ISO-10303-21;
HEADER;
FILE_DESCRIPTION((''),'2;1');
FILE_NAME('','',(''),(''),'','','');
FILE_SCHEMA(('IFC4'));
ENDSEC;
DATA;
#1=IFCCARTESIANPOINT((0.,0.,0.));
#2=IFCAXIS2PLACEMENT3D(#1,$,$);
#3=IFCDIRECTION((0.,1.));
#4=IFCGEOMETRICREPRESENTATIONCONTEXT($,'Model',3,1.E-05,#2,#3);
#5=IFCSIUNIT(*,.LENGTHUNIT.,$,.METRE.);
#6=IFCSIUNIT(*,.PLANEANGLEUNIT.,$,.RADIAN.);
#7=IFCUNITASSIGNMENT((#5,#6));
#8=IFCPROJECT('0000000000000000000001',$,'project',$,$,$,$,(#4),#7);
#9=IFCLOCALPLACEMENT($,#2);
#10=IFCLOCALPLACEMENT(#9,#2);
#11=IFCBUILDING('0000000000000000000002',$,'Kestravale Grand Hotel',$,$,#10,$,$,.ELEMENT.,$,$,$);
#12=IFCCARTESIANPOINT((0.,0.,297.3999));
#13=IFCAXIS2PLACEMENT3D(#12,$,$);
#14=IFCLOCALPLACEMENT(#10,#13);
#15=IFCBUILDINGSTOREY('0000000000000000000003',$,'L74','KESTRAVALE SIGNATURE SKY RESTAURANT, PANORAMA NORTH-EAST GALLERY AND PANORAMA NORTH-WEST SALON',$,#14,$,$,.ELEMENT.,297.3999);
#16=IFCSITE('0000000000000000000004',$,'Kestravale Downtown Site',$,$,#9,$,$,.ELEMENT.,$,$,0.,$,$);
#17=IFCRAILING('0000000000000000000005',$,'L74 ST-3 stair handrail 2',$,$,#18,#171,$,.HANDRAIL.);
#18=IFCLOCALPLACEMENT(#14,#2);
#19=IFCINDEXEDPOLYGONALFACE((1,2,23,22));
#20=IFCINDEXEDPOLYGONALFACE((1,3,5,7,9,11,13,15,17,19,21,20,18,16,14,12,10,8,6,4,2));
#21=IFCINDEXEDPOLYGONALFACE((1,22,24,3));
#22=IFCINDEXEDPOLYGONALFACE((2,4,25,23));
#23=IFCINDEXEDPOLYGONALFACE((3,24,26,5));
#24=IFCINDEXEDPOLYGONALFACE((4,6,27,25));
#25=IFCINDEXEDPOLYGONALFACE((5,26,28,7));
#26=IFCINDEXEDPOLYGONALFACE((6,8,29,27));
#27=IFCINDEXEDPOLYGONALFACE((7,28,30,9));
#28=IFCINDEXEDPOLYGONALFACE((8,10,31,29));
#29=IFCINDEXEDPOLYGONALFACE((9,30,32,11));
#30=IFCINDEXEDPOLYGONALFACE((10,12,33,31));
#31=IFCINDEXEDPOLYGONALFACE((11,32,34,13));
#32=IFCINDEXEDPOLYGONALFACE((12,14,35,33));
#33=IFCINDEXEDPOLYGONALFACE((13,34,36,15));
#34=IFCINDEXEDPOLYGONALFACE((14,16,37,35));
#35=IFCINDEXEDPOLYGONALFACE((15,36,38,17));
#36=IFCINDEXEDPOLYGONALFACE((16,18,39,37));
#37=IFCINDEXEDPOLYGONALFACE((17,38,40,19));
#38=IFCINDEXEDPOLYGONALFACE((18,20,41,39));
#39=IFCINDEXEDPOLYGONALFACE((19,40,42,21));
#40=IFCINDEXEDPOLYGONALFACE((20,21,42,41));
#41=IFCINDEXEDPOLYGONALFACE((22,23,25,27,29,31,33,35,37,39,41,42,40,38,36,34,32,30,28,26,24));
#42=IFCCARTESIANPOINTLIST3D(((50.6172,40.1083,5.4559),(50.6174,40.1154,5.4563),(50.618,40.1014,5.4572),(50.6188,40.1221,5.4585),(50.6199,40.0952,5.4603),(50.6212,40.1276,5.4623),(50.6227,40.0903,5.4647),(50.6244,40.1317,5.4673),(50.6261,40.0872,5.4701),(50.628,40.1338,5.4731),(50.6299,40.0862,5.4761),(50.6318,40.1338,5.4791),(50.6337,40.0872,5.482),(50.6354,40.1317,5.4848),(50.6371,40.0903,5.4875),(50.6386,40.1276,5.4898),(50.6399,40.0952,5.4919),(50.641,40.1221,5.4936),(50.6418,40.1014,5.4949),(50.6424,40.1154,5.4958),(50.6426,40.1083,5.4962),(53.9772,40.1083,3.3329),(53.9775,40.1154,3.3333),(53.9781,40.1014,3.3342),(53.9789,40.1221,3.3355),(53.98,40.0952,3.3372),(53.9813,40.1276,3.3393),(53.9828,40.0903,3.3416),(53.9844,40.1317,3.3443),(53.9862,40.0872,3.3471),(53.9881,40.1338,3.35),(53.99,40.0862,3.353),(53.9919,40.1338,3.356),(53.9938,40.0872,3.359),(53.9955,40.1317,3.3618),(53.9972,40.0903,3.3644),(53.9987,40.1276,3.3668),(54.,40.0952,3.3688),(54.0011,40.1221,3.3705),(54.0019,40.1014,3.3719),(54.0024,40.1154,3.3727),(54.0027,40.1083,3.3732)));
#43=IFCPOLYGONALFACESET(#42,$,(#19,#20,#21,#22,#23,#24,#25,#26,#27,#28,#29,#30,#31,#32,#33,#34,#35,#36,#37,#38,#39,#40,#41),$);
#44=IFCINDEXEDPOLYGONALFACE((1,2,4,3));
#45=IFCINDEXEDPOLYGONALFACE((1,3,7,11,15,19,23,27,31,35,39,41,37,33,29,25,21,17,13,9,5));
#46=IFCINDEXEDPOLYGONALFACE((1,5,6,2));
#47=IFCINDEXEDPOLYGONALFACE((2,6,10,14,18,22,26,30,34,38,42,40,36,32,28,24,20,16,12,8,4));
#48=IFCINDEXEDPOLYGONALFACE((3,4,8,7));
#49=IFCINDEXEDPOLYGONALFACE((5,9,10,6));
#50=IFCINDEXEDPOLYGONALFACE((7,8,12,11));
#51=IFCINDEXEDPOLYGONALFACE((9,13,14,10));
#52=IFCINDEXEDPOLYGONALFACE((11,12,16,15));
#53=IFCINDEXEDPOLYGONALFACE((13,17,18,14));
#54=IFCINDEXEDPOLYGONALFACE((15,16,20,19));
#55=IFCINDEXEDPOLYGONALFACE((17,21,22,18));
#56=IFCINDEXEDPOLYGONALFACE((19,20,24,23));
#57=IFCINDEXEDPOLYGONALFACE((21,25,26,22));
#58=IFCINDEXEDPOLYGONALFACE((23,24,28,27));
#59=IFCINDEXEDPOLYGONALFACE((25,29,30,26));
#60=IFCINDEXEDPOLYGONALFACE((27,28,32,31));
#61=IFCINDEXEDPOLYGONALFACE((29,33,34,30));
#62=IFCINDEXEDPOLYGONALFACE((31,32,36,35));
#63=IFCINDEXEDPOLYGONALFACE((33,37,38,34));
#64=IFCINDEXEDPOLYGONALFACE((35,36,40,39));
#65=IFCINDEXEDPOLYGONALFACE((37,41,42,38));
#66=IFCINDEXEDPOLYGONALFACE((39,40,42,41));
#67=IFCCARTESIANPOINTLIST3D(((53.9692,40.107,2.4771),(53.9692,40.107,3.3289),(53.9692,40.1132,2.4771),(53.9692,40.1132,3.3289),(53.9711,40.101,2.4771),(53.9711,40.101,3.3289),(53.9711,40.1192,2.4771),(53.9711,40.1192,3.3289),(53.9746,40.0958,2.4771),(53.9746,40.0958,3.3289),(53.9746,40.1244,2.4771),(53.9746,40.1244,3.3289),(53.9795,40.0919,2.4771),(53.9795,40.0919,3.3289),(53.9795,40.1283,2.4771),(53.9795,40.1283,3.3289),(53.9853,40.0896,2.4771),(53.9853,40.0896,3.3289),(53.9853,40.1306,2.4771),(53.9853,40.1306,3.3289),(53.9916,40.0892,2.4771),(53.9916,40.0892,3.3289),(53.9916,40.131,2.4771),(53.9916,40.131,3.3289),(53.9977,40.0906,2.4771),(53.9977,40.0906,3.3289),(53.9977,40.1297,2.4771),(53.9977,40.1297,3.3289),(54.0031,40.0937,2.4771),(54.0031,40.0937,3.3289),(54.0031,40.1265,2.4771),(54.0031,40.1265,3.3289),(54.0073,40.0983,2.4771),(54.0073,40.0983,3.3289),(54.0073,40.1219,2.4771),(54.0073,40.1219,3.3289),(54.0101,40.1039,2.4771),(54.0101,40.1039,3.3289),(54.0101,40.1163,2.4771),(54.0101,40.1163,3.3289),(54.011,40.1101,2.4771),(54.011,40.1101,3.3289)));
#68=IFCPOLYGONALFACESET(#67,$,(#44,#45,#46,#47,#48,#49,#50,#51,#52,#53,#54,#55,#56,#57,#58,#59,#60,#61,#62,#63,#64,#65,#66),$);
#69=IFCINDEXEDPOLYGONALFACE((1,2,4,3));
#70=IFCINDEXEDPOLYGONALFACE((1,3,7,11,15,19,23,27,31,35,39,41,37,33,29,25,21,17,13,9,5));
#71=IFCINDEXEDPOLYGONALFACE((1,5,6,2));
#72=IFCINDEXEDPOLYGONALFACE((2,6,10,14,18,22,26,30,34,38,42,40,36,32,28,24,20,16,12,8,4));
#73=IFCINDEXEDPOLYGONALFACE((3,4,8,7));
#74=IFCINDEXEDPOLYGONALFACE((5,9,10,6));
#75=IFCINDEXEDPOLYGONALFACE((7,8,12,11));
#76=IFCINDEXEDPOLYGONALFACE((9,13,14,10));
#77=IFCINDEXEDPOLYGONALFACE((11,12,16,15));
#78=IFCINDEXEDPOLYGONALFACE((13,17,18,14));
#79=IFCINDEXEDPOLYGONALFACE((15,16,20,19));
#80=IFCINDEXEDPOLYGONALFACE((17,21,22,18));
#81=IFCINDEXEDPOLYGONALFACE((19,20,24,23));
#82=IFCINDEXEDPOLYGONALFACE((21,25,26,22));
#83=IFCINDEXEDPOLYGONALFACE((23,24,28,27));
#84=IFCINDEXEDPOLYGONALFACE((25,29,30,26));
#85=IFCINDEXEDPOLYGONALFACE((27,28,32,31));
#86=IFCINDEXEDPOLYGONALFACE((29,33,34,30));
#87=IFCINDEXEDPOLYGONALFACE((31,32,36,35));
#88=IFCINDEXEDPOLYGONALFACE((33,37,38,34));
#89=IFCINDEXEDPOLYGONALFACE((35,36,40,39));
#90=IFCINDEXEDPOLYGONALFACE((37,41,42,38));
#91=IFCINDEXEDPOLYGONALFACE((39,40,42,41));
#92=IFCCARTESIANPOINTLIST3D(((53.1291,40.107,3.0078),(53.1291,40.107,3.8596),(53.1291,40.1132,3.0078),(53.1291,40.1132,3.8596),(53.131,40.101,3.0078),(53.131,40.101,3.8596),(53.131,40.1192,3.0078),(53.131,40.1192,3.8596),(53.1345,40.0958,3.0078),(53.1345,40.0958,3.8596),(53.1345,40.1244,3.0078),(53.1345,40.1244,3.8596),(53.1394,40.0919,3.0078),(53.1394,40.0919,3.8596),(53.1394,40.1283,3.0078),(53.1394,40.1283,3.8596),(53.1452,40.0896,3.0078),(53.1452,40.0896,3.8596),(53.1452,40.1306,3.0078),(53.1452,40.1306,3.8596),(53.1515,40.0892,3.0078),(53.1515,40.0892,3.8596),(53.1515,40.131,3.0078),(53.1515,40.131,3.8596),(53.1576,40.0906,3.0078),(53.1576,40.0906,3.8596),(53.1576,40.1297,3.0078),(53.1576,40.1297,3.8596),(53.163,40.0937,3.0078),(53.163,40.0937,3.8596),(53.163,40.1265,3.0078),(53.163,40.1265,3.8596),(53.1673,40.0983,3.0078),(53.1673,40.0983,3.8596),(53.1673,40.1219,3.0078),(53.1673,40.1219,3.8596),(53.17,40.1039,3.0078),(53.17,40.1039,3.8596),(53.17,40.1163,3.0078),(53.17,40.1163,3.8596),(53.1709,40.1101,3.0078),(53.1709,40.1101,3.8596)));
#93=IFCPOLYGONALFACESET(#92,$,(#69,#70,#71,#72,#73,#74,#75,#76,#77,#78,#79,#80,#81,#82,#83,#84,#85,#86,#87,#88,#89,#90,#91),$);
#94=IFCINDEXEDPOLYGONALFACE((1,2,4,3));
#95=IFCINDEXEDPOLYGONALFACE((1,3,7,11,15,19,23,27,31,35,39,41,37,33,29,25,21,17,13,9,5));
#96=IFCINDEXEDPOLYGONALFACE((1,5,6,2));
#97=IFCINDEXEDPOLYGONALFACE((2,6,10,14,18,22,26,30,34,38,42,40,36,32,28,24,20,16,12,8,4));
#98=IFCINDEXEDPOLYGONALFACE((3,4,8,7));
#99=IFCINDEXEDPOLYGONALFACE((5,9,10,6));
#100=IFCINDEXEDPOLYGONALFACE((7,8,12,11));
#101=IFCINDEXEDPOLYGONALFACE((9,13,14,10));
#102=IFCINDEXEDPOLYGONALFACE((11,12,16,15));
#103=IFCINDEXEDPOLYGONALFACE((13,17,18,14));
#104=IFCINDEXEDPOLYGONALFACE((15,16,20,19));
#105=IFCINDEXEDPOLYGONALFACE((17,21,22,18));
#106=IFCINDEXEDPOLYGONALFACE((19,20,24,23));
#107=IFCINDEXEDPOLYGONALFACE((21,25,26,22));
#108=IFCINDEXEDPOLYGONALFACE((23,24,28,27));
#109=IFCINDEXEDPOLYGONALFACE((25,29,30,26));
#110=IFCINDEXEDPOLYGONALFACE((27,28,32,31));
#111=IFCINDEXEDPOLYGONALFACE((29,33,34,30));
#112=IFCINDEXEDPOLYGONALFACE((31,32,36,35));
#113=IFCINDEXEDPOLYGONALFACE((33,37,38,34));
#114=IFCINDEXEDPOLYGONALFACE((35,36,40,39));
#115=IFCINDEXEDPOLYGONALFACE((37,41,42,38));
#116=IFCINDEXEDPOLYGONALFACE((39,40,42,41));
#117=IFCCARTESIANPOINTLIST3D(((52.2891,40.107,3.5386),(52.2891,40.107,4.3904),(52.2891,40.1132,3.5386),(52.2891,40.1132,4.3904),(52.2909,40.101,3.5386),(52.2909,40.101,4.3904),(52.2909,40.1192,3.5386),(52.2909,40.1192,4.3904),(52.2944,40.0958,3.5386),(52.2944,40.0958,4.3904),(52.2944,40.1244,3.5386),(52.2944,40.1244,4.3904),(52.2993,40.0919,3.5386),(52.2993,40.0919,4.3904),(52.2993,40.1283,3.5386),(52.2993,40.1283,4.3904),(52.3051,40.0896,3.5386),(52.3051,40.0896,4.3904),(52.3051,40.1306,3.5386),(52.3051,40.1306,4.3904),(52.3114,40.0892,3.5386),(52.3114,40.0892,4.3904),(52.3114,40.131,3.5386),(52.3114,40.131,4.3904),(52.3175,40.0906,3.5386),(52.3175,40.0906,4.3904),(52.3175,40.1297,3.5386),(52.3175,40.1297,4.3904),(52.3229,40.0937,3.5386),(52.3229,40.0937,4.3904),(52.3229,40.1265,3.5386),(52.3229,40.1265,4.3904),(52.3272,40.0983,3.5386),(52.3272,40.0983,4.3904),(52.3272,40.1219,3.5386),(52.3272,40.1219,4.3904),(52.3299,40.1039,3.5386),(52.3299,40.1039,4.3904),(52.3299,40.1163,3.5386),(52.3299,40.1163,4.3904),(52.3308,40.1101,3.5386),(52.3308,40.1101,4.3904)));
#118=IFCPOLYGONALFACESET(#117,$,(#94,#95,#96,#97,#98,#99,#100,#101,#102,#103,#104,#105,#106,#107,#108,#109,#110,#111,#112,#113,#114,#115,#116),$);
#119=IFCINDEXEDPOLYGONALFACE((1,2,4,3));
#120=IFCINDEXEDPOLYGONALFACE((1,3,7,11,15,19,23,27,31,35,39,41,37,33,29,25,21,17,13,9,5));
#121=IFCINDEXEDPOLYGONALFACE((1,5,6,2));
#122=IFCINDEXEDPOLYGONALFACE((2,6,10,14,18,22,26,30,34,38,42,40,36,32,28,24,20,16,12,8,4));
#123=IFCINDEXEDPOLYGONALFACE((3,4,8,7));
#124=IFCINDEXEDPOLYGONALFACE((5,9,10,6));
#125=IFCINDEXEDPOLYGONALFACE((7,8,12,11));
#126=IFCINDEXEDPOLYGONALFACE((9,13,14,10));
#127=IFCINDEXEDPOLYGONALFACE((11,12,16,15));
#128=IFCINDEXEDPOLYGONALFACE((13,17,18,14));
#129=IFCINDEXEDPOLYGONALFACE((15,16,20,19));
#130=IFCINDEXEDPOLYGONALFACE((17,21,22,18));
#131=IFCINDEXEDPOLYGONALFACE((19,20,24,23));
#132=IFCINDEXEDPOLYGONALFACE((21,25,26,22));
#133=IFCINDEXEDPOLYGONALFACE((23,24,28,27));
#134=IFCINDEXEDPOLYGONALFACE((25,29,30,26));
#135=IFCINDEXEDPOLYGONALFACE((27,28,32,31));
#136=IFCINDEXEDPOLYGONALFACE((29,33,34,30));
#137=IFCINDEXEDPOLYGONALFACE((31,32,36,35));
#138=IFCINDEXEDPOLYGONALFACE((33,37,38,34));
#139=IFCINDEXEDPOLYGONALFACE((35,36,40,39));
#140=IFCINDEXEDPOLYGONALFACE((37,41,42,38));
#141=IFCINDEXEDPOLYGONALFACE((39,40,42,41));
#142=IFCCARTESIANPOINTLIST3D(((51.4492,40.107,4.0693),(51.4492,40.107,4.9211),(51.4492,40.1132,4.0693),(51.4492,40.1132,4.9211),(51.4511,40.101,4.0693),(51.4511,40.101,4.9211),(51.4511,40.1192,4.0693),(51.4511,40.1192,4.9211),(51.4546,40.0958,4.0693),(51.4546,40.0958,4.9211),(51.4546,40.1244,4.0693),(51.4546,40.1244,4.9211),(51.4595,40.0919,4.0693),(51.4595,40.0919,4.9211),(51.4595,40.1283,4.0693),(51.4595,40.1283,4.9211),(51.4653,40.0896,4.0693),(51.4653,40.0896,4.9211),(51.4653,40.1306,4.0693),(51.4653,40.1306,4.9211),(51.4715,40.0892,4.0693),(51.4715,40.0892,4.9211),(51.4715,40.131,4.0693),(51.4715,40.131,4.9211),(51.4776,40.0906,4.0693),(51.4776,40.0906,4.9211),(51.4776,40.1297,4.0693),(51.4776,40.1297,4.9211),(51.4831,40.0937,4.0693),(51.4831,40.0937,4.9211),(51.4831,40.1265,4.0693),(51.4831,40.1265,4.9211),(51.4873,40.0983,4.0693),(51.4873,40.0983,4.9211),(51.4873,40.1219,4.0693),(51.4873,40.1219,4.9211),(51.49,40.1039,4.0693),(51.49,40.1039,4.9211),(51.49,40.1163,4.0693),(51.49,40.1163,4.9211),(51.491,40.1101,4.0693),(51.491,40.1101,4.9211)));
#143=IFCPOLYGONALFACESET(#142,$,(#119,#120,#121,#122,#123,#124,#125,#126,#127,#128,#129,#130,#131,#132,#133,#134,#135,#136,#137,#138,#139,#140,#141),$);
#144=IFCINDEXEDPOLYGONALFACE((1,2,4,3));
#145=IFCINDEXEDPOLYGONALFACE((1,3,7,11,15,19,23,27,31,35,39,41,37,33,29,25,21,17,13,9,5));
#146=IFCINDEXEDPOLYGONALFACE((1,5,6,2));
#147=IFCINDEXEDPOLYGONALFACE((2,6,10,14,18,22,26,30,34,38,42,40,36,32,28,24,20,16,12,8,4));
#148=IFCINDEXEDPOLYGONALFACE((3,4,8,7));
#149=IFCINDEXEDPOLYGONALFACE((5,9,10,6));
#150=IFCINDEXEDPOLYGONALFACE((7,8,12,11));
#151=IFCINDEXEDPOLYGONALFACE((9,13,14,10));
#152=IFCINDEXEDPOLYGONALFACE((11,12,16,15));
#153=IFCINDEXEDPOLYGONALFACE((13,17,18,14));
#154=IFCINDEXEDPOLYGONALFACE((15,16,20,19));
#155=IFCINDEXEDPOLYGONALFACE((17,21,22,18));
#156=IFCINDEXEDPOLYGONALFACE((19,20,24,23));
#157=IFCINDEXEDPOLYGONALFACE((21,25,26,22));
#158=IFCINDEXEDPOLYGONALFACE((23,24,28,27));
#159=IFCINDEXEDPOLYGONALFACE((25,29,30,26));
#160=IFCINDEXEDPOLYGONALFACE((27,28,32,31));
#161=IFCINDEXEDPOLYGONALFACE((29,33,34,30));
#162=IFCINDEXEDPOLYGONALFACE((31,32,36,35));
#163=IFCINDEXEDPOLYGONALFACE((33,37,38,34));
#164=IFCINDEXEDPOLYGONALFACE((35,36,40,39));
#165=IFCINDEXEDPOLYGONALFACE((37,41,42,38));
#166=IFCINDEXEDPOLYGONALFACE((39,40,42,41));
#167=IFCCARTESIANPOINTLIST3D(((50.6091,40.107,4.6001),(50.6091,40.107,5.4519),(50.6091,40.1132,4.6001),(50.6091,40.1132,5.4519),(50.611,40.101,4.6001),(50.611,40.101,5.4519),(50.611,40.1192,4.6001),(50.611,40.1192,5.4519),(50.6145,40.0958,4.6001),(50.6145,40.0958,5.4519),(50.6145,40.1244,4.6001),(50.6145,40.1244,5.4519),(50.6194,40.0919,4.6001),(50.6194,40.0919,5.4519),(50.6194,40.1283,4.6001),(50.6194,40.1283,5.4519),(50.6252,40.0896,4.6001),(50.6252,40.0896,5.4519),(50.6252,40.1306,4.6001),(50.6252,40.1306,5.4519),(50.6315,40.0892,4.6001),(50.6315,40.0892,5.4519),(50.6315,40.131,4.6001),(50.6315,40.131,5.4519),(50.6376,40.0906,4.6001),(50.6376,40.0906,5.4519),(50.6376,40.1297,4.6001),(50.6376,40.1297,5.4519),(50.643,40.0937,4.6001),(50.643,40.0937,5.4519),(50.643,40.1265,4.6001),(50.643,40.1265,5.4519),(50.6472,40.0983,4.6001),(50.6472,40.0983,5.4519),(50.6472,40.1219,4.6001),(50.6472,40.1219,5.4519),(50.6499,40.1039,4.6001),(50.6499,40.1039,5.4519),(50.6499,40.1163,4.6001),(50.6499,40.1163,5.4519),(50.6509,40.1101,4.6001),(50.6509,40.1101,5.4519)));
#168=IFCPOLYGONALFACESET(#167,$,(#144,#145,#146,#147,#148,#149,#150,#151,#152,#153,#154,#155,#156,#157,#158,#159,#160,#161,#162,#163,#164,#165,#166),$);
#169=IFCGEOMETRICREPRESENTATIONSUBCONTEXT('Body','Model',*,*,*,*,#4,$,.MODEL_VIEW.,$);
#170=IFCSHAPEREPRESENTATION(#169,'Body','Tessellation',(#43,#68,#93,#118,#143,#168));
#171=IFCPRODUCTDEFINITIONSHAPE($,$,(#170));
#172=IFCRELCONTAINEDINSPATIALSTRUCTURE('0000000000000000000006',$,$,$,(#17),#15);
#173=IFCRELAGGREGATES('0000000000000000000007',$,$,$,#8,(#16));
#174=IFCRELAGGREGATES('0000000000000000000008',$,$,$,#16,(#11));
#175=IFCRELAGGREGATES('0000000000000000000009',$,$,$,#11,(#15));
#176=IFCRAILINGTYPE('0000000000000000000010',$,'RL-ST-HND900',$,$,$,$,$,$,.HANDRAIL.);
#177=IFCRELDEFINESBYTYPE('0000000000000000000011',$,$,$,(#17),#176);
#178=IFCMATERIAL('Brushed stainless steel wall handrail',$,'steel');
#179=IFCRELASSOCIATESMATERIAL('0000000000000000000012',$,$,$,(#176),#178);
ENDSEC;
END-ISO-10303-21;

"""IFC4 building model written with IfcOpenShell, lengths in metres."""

from ifc_helpers import new_model, si_unit, direction, frame, origin, origin_2d, place, context, subcontext, project, spatial, circle, extrude, material, type_object, element, save


model = new_model("IFC4")

# Units and contexts
model_context = context("Model", 3, precision=1e-05, world=origin(), true_north=direction((0.0, 1.0)))
body_context = subcontext(model_context, "Body", "Model", "MODEL_VIEW")
ifc_project = project(units=[si_unit("LENGTHUNIT", "METRE"), si_unit("PLANEANGLEUNIT", "RADIAN")], contexts=[model_context])

# Site, building, storey
site_placement = place(None, origin())
site = spatial("IfcSite", under=ifc_project, at=site_placement, Name="Kestravale Downtown Site", CompositionType="ELEMENT", RefElevation=0.0)
building_placement = place(site_placement, origin())
building = spatial("IfcBuilding", under=site, at=building_placement, Name="Kestravale Grand Hotel", CompositionType="ELEMENT")
storey_placement = place(building_placement, frame((0.0, 0.0, 297.3999)))
storey = spatial("IfcBuildingStorey", under=building, at=storey_placement, Name="L74", Description="KESTRAVALE SIGNATURE SKY RESTAURANT, PANORAMA NORTH-EAST GALLERY AND PANORAMA NORTH-WEST SALON", CompositionType="ELEMENT", Elevation=297.3999)

# Railing
ifc_material_1 = material(Name="Brushed stainless steel wall handrail", Category="steel")
railing_type_1 = type_object("IfcRailingType", Name="RL-ST-HND900", PredefinedType="HANDRAIL", material=ifc_material_1)
railing_1_placement = place(storey_placement, frame((53.99, 40.1101, 2.4771)))
element("IfcRailing", 1, at=railing_1_placement, inside=storey, type_object=railing_type_1, Name="L74 ST-3 stair handrail 2", PredefinedType="HANDRAIL", context=body_context, shape_type="SweptSolid", body=[
    extrude(circle(Radius=0.0239, at=origin_2d()), frame((0.0, 0.0, 0.876), z_axis=(-0.84539, 0.0, 0.53415), x_axis=(0.0, -1.0, 0.0)), (0.0, 0.0, 1.0), 3.9746),
    extrude(circle(Radius=0.021, at=origin_2d()), origin(), (0.0, 0.0, 1.0), 0.8518),
    extrude(circle(Radius=0.021, at=origin_2d()), frame((-0.8401, 0.0, 0.5308)), (0.0, 0.0, 1.0), 0.8518),
    extrude(circle(Radius=0.021, at=origin_2d()), frame((-1.6802, 0.0, 1.0615)), (0.0, 0.0, 1.0), 0.8518),
    extrude(circle(Radius=0.021, at=origin_2d()), frame((-2.52, 0.0, 1.5923)), (0.0, 0.0, 1.0), 0.8518),
    extrude(circle(Radius=0.021, at=origin_2d()), frame((-3.3601, 0.0, 2.123)), (0.0, 0.0, 1.0), 0.8518),
])

save(model, "model.ifc")
